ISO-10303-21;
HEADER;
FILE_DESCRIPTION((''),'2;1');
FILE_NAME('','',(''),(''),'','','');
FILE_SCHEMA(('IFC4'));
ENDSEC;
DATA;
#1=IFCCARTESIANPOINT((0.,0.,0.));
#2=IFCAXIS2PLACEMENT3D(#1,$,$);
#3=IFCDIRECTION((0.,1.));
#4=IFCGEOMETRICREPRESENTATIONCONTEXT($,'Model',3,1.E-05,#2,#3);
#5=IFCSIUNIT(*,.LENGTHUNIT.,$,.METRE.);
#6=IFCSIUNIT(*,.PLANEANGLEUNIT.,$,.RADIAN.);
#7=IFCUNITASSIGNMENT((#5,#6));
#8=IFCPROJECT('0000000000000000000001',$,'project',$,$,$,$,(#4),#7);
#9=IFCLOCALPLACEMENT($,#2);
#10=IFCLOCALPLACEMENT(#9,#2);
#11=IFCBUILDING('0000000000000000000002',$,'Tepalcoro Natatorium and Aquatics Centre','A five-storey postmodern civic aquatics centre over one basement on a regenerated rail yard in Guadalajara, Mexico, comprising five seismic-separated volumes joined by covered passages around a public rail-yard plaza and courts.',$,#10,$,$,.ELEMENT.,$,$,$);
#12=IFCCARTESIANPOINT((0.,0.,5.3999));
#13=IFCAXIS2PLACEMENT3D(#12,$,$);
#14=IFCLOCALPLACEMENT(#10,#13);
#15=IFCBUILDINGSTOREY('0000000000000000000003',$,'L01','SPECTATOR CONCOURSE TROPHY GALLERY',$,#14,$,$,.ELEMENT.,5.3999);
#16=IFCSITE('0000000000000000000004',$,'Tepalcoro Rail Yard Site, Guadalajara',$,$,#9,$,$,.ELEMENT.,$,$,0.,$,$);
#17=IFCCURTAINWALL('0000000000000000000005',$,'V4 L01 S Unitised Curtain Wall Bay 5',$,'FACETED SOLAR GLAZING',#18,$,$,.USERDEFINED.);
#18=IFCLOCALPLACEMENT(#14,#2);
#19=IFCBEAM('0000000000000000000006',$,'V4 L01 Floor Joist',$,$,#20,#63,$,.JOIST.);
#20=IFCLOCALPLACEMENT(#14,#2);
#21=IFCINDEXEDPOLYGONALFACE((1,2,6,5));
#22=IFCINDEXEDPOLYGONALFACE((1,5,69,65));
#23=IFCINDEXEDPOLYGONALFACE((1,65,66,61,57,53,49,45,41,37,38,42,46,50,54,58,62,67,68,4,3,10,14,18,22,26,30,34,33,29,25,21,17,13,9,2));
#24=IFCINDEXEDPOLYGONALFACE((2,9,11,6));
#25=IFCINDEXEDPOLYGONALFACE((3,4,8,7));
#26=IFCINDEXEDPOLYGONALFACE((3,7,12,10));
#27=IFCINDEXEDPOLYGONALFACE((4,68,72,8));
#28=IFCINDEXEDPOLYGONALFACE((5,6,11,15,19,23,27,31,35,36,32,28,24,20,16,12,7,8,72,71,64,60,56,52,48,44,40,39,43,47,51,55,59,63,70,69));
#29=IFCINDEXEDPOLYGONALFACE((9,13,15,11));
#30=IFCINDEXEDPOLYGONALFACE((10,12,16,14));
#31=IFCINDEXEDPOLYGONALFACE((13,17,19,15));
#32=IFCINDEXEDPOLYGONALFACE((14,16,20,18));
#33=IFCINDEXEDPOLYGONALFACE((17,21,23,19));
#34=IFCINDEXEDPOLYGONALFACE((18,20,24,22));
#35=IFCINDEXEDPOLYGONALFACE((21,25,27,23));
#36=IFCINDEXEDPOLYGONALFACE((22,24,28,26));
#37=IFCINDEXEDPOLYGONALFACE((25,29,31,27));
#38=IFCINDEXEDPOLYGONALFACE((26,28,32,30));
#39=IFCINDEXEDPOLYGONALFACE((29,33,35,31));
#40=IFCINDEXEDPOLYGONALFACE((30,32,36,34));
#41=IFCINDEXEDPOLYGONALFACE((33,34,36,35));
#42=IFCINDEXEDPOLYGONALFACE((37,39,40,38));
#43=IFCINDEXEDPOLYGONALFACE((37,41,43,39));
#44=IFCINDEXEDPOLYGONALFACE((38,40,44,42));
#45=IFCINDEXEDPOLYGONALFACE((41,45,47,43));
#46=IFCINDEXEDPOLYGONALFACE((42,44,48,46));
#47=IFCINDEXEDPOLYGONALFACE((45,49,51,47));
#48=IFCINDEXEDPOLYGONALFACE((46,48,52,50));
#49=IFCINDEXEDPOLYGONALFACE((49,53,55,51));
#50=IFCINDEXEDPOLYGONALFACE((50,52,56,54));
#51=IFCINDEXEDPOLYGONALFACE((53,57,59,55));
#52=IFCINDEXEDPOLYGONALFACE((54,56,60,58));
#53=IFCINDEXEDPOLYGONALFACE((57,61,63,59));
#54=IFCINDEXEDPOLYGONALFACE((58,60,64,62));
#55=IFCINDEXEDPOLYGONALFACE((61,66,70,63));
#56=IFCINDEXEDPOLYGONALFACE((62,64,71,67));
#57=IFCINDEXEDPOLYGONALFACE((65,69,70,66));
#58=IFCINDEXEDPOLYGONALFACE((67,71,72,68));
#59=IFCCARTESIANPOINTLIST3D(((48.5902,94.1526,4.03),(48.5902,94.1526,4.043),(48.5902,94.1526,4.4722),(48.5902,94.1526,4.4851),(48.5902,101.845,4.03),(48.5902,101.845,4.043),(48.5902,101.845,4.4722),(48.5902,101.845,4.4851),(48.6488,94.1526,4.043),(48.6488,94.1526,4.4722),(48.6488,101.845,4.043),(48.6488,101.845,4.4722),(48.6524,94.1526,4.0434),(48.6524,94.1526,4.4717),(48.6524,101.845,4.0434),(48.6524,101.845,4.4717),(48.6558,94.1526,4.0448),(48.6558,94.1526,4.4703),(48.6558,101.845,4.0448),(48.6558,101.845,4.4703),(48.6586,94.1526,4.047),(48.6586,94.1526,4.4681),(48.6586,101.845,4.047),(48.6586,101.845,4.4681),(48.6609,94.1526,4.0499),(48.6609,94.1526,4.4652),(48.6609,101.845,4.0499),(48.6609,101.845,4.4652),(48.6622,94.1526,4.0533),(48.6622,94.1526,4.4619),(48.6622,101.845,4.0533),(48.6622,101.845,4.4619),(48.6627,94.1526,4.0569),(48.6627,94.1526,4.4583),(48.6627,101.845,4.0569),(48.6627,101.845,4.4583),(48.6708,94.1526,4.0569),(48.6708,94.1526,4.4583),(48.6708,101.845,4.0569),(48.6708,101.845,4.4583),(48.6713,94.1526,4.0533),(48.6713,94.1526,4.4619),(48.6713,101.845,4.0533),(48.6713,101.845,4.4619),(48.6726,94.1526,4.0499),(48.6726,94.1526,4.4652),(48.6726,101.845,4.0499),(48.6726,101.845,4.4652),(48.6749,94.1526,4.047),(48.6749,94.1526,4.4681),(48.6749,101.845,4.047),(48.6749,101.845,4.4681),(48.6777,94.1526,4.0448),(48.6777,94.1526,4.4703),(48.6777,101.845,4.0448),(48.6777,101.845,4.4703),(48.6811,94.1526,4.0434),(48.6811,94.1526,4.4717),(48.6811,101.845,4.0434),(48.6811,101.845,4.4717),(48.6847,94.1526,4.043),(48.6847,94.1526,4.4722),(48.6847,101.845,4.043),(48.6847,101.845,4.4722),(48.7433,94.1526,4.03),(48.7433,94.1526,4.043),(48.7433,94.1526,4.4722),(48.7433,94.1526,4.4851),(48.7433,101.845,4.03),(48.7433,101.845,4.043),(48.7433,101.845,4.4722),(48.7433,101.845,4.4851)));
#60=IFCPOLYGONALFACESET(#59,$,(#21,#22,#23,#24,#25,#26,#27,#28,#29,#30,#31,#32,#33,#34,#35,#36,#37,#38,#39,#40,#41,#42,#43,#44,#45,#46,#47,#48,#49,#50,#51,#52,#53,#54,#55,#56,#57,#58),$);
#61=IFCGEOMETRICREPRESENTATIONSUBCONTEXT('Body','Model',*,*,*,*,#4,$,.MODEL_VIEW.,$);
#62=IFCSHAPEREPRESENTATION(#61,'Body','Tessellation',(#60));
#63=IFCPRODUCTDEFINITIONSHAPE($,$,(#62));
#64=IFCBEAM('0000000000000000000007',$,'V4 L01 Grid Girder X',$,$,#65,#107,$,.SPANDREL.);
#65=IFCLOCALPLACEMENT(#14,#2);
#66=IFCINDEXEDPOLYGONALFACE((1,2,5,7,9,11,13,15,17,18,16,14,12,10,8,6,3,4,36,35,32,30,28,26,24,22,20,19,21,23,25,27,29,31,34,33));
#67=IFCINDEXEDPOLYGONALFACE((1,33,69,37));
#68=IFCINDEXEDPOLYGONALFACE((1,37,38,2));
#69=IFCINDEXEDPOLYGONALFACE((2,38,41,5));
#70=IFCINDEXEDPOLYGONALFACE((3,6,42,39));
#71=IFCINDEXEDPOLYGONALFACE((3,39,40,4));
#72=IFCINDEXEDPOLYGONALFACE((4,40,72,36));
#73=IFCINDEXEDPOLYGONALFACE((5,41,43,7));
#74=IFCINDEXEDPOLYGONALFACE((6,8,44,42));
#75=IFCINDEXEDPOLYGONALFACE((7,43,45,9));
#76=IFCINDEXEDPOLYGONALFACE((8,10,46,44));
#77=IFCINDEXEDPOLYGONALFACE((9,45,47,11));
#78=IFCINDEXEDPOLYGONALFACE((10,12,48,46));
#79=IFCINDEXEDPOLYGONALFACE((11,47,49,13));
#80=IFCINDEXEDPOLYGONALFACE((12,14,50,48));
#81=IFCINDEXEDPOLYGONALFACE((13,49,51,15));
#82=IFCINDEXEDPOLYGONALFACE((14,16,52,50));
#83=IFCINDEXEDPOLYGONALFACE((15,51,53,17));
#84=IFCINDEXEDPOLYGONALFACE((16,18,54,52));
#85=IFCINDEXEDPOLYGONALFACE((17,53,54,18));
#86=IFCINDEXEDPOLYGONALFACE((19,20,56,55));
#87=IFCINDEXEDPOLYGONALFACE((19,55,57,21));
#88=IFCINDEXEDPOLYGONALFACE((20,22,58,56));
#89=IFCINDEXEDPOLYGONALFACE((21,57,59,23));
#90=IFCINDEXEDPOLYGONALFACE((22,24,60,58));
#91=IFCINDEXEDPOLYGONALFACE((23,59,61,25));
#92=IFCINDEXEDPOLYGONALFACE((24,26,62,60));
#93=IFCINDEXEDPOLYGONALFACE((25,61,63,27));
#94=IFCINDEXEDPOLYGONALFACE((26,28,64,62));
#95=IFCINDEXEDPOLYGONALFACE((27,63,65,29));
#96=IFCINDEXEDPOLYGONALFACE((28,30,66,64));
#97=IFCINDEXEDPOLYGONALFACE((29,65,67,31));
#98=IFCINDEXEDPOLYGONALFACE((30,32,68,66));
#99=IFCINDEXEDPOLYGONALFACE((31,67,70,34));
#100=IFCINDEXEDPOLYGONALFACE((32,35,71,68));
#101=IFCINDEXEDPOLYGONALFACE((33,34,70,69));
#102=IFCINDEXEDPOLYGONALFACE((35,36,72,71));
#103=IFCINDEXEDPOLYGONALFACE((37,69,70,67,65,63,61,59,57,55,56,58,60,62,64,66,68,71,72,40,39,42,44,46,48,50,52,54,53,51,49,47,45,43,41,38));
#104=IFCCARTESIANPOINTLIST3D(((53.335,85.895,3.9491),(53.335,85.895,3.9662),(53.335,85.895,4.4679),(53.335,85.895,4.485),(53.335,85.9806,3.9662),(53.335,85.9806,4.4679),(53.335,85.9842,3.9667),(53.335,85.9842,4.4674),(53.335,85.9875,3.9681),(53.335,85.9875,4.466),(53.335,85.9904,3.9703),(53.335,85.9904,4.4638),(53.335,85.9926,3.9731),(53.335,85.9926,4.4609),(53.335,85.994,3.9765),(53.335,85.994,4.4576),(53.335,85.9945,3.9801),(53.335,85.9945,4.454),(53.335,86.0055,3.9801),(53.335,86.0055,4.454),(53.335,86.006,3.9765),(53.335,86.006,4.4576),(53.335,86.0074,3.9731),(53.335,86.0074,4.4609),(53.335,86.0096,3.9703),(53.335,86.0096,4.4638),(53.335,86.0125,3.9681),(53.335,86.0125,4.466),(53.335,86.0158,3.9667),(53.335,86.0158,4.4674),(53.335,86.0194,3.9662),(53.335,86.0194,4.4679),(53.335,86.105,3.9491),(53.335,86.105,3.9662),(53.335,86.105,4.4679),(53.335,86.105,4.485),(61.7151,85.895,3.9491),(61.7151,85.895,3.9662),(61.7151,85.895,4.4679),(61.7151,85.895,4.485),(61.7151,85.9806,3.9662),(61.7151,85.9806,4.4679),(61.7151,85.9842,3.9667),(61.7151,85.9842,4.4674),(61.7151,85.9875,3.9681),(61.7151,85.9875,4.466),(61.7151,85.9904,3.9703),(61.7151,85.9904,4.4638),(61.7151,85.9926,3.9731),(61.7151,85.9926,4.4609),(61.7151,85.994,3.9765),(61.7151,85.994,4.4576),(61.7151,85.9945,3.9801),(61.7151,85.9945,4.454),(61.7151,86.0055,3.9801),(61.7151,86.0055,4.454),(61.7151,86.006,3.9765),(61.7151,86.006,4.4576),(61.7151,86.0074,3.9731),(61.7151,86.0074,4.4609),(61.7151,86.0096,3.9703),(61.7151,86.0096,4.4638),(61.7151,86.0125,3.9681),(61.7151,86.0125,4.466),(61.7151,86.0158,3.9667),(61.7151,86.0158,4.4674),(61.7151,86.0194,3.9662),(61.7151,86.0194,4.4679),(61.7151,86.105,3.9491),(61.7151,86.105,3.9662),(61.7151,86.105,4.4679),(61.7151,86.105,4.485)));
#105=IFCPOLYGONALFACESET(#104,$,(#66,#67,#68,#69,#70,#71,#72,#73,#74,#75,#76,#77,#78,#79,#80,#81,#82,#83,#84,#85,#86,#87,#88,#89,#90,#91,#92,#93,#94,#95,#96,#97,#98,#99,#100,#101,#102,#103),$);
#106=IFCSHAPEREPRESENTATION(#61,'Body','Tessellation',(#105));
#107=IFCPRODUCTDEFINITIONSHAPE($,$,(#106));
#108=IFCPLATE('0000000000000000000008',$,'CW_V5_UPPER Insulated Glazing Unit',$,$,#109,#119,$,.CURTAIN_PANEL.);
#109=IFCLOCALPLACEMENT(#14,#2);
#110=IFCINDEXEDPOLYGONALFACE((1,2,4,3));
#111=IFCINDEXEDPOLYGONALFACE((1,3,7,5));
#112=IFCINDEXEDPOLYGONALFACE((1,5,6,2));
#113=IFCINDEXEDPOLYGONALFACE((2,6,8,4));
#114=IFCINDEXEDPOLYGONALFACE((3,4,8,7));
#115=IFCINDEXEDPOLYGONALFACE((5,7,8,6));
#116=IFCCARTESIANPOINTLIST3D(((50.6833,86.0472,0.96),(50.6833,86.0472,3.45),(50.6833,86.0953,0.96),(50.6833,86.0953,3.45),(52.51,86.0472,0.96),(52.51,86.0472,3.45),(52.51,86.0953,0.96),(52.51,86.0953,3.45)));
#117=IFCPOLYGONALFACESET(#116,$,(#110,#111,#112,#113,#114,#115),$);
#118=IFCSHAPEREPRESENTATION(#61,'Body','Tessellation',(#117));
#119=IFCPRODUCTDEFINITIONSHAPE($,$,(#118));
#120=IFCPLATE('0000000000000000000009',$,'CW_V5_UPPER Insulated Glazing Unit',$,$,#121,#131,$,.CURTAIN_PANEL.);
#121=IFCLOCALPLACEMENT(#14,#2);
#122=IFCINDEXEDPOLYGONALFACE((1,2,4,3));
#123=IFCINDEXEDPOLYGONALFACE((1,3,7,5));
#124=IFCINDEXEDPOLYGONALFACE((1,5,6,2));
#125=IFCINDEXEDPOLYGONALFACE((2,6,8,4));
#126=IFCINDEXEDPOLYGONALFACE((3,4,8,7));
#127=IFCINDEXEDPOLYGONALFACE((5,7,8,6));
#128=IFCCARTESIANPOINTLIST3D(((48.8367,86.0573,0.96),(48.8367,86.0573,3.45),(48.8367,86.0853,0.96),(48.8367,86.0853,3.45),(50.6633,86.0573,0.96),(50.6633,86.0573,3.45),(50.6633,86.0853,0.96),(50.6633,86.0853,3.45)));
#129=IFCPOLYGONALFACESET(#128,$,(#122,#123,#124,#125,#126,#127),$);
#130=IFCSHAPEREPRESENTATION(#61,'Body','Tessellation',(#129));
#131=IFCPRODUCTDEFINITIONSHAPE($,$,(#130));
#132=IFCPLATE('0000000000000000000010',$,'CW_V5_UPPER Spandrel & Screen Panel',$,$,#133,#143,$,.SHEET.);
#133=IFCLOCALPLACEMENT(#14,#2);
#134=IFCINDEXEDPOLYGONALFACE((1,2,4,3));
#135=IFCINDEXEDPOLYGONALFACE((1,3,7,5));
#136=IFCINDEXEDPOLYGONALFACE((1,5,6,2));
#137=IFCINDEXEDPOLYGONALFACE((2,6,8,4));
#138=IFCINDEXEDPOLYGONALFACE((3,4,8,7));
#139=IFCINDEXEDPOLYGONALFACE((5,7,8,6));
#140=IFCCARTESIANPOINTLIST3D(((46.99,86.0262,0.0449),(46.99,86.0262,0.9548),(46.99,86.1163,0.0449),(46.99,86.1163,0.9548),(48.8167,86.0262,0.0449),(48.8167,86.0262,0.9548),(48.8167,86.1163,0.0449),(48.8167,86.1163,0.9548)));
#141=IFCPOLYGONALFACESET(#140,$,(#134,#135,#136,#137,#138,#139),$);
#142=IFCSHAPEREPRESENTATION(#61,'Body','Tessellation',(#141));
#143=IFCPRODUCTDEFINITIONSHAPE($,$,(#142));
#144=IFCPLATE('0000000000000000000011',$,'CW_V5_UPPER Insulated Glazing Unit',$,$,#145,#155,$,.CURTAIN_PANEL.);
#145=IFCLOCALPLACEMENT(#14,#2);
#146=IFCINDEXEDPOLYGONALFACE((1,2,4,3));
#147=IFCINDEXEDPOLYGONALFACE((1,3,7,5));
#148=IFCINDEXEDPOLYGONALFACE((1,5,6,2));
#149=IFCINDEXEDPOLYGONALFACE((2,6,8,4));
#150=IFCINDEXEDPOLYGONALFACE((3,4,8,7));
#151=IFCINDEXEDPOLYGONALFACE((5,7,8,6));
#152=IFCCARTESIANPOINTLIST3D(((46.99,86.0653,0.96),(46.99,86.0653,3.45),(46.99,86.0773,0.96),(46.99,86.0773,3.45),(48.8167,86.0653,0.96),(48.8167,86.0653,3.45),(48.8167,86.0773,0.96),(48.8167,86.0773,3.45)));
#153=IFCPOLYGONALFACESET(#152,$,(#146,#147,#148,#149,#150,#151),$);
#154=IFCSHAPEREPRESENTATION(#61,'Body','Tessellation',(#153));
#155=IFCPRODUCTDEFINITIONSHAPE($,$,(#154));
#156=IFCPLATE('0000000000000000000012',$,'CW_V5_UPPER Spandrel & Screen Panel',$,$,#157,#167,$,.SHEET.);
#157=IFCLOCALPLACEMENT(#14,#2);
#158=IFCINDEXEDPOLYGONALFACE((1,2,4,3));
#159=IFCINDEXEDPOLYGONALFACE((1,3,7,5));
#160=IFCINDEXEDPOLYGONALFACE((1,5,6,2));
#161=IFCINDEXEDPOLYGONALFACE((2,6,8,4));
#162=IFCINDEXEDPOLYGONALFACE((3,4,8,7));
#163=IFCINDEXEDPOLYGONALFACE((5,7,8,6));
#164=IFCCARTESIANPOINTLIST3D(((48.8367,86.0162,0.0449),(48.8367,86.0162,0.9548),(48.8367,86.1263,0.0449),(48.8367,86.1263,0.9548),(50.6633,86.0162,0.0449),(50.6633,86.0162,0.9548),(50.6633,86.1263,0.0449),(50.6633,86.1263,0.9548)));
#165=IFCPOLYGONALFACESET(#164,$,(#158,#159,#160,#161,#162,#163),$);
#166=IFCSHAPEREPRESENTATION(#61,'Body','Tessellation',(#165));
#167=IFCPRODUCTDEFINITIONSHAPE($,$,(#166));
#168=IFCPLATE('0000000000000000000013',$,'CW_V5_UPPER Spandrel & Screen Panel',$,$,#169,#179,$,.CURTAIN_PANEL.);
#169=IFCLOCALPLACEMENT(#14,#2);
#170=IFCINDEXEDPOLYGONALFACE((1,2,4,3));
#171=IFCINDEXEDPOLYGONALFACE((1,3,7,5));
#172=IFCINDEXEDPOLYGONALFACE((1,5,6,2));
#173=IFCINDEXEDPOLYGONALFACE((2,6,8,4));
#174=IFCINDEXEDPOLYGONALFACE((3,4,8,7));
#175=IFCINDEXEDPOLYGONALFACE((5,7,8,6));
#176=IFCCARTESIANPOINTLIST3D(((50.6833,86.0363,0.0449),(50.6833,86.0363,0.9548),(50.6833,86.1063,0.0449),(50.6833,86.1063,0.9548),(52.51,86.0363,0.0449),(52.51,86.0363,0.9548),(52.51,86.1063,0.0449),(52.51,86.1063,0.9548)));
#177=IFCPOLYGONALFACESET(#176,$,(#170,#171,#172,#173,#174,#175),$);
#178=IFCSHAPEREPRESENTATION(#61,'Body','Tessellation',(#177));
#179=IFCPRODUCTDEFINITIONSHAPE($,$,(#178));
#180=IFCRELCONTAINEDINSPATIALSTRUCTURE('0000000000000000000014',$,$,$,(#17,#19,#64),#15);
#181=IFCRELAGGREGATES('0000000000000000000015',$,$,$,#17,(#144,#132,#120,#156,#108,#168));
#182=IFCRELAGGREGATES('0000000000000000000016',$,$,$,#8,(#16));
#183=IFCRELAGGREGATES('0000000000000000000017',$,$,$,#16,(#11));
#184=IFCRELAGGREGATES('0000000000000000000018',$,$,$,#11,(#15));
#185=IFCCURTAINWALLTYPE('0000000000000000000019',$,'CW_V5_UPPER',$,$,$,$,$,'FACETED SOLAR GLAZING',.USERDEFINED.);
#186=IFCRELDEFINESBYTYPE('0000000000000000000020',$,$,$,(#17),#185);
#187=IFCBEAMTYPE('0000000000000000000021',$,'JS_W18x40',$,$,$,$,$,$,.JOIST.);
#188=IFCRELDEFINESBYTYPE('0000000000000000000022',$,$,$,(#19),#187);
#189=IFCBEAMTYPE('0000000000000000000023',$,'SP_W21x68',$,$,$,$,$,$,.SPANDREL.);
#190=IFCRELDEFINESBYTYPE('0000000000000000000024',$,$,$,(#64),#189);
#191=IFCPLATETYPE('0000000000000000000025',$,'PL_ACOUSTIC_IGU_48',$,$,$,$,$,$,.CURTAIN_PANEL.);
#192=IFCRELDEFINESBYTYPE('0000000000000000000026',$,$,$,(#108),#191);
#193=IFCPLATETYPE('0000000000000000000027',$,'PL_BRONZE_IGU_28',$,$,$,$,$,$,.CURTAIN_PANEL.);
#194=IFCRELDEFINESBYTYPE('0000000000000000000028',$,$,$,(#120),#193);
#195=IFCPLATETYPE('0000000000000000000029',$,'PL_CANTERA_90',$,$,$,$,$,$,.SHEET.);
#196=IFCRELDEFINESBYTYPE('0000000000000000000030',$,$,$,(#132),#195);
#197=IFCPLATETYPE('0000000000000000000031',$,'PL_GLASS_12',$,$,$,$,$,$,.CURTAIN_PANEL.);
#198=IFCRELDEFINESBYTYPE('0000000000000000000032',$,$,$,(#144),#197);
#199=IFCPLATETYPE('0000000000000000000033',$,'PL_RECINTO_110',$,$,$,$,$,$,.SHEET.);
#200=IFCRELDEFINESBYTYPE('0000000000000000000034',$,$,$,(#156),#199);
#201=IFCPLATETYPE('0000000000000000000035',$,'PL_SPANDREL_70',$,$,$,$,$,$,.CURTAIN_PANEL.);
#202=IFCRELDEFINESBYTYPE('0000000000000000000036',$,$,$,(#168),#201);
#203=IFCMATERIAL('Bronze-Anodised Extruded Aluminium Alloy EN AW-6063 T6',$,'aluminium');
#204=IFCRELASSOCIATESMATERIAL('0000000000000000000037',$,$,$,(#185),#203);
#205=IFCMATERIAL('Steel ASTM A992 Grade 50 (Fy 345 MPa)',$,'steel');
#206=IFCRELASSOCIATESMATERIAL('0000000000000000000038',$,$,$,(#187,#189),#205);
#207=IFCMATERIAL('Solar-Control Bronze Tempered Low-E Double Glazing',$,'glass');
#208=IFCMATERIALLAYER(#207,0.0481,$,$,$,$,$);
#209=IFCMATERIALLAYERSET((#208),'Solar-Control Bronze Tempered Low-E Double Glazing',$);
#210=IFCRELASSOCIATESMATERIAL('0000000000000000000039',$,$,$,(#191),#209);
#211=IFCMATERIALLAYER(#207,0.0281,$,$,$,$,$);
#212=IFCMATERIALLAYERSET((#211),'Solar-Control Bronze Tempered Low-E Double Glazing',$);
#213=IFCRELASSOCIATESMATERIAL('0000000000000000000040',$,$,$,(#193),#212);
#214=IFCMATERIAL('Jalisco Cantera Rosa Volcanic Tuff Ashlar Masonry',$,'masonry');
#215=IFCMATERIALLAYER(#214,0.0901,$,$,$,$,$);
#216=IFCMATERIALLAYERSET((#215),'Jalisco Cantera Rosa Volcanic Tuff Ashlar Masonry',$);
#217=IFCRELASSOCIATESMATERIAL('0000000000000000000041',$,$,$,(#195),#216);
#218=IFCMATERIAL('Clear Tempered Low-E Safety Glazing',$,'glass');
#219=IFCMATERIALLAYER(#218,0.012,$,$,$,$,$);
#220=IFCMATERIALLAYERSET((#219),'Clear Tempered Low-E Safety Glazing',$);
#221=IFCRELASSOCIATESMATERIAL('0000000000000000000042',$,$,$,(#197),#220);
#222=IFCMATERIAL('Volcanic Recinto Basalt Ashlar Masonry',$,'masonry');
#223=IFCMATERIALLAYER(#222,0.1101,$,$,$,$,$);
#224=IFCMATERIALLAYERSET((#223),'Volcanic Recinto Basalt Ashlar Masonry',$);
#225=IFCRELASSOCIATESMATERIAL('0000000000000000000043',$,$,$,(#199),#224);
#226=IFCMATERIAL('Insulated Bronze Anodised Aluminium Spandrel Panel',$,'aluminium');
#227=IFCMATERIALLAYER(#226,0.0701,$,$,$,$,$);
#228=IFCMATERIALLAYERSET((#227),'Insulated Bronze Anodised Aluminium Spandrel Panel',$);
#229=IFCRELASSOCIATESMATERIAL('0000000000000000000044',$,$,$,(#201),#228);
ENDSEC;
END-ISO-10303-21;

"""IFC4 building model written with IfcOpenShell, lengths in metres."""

from ifc_helpers import new_model, si_unit, direction, frame, origin, origin_2d, place, context, subcontext, project, spatial, rectangle, i_section, extrude, material, layer, layer_set, material_profile, profile_set, type_object, element, aggregate, save


model = new_model("IFC4")

# Units and contexts
model_context = context("Model", 3, precision=1e-05, world=origin(), true_north=direction((0.0, 1.0)))
body_context = subcontext(model_context, "Body", "Model", "MODEL_VIEW")
ifc_project = project(units=[si_unit("LENGTHUNIT", "METRE"), si_unit("PLANEANGLEUNIT", "RADIAN")], contexts=[model_context])

# Site, building, storey
site_placement = place(None, origin())
site = spatial("IfcSite", under=ifc_project, at=site_placement, Name="Tepalcoro Rail Yard Site, Guadalajara", CompositionType="ELEMENT", RefElevation=0.0)
building_placement = place(site_placement, origin())
building = spatial("IfcBuilding", under=site, at=building_placement, Name="Tepalcoro Natatorium and Aquatics Centre", Description="A five-storey postmodern civic aquatics centre over one basement on a regenerated rail yard in Guadalajara, Mexico, comprising five seismic-separated volumes joined by covered passages around a public rail-yard plaza and courts.", CompositionType="ELEMENT")
storey_placement = place(building_placement, frame((0.0, 0.0, 5.3999)))
storey = spatial("IfcBuildingStorey", under=building, at=storey_placement, Name="L01", Description="SPECTATOR CONCOURSE TROPHY GALLERY", CompositionType="ELEMENT", Elevation=5.3999)

# Shared definitions
ifc_material_1 = material(Name="Steel ASTM A992 Grade 50 (Fy 345 MPa)", Category="steel")

# Curtain wall
ifc_material_2 = material(Name="Bronze-Anodised Extruded Aluminium Alloy EN AW-6063 T6", Category="aluminium")
curtain_wall_type = type_object("IfcCurtainWallType", Name="CW_V5_UPPER", ElementType="FACETED SOLAR GLAZING", PredefinedType="USERDEFINED", material=ifc_material_2)
curtain_wall_placement = place(storey_placement, origin())
curtain_wall = element("IfcCurtainWall", 1, at=curtain_wall_placement, inside=storey, type_object=curtain_wall_type, Name="V4 L01 S Unitised Curtain Wall Bay 5", ObjectType="FACETED SOLAR GLAZING", PredefinedType="USERDEFINED")

# Beams
ifc_material_profile_1 = material_profile(ifc_material_1, i_section(OverallWidth=0.1531, OverallDepth=0.4551, WebThickness=0.0081, FlangeThickness=0.0129, FilletRadius=0.0139, at=origin_2d()), Name="W18X40")
ifc_profile_set_1 = profile_set([ifc_material_profile_1], Name="Steel ASTM A992 Grade 50 (Fy 345 MPa)")
beam_type_1 = type_object("IfcBeamType", Name="JS_W18x40", PredefinedType="JOIST", material=ifc_profile_set_1)
beam_1_placement = place(storey_placement, frame((48.6667, 94.1526, 4.2576), z_axis=(0.0, 1.0, 0.0), x_axis=(-1.0, 0.0, 0.0)))
element("IfcBeam", 2, at=beam_1_placement, inside=storey, type_object=beam_type_1, Name="V4 L01 Floor Joist", PredefinedType="JOIST", context=body_context, shape_type="SweptSolid", body=[
    extrude(i_section(OverallWidth=0.1531, OverallDepth=0.4551, WebThickness=0.0081, FlangeThickness=0.0129, FilletRadius=0.0139, at=origin_2d()), origin(), (0.0, 0.0, 1.0), 7.6924),
])
ifc_material_profile_2 = material_profile(ifc_material_1, i_section(OverallWidth=0.21, OverallDepth=0.5359, WebThickness=0.011, FlangeThickness=0.0171, FilletRadius=0.0139, at=origin_2d()), Name="W21X68")
ifc_profile_set_2 = profile_set([ifc_material_profile_2], Name="Steel ASTM A992 Grade 50 (Fy 345 MPa)")
beam_type_2 = type_object("IfcBeamType", Name="SP_W21x68", PredefinedType="SPANDREL", material=ifc_profile_set_2)
beam_2_placement = place(storey_placement, frame((53.335, 86.0, 4.217), z_axis=(1.0, 0.0, 0.0), x_axis=(0.0, 1.0, 0.0)))
element("IfcBeam", 3, at=beam_2_placement, inside=storey, type_object=beam_type_2, Name="V4 L01 Grid Girder X", PredefinedType="SPANDREL", context=body_context, shape_type="SweptSolid", body=[
    extrude(i_section(OverallWidth=0.21, OverallDepth=0.5359, WebThickness=0.011, FlangeThickness=0.0171, FilletRadius=0.0139, at=origin_2d()), origin(), (0.0, 0.0, 1.0), 8.3801),
])

# Plates
ifc_material_3 = material(Name="Solar-Control Bronze Tempered Low-E Double Glazing", Category="glass")
ifc_layer_1 = layer(ifc_material_3, 0.0481)
ifc_layer_set_1 = layer_set([ifc_layer_1], Name="Solar-Control Bronze Tempered Low-E Double Glazing")
plate_type_1 = type_object("IfcPlateType", Name="PL_ACOUSTIC_IGU_48", PredefinedType="CURTAIN_PANEL", material=ifc_layer_set_1)
plate_1_placement = place(storey_placement, frame((51.5967, 86.0713, 0.96), z_axis=(0.0, 0.0, 1.0), x_axis=(1.0, 0.0, 0.0)))
plate_1 = element("IfcPlate", 4, at=plate_1_placement, type_object=plate_type_1, Name="CW_V5_UPPER Insulated Glazing Unit", PredefinedType="CURTAIN_PANEL", context=body_context, shape_type="SweptSolid", body=[
    extrude(rectangle(XDim=1.8267, YDim=0.0481, at=origin_2d()), origin(), (0.0, 0.0, 1.0), 2.49),
])
ifc_layer_2 = layer(ifc_material_3, 0.0281)
ifc_layer_set_2 = layer_set([ifc_layer_2], Name="Solar-Control Bronze Tempered Low-E Double Glazing")
plate_type_2 = type_object("IfcPlateType", Name="PL_BRONZE_IGU_28", PredefinedType="CURTAIN_PANEL", material=ifc_layer_set_2)
plate_2_placement = place(storey_placement, frame((49.75, 86.0713, 0.96), z_axis=(0.0, 0.0, 1.0), x_axis=(1.0, 0.0, 0.0)))
plate_2 = element("IfcPlate", 5, at=plate_2_placement, type_object=plate_type_2, Name="CW_V5_UPPER Insulated Glazing Unit", PredefinedType="CURTAIN_PANEL", context=body_context, shape_type="SweptSolid", body=[
    extrude(rectangle(XDim=1.8267, YDim=0.0281, at=origin_2d()), origin(), (0.0, 0.0, 1.0), 2.49),
])
ifc_material_4 = material(Name="Jalisco Cantera Rosa Volcanic Tuff Ashlar Masonry", Category="masonry")
ifc_layer_3 = layer(ifc_material_4, 0.0901)
ifc_layer_set_3 = layer_set([ifc_layer_3], Name="Jalisco Cantera Rosa Volcanic Tuff Ashlar Masonry")
plate_type_3 = type_object("IfcPlateType", Name="PL_CANTERA_90", PredefinedType="SHEET", material=ifc_layer_set_3)
plate_3_placement = place(storey_placement, frame((47.9033, 86.0713, 0.0449), z_axis=(0.0, 0.0, 1.0), x_axis=(1.0, 0.0, 0.0)))
plate_3 = element("IfcPlate", 6, at=plate_3_placement, type_object=plate_type_3, Name="CW_V5_UPPER Spandrel & Screen Panel", PredefinedType="SHEET", context=body_context, shape_type="SweptSolid", body=[
    extrude(rectangle(XDim=1.8267, YDim=0.0901, at=origin_2d()), origin(), (0.0, 0.0, 1.0), 0.9099),
])
ifc_material_5 = material(Name="Clear Tempered Low-E Safety Glazing", Category="glass")
ifc_layer_4 = layer(ifc_material_5, 0.012)
ifc_layer_set_4 = layer_set([ifc_layer_4], Name="Clear Tempered Low-E Safety Glazing")
plate_type_4 = type_object("IfcPlateType", Name="PL_GLASS_12", PredefinedType="CURTAIN_PANEL", material=ifc_layer_set_4)
plate_4_placement = place(storey_placement, frame((47.9033, 86.0713, 0.96), z_axis=(0.0, 0.0, 1.0), x_axis=(1.0, 0.0, 0.0)))
plate_4 = element("IfcPlate", 7, at=plate_4_placement, type_object=plate_type_4, Name="CW_V5_UPPER Insulated Glazing Unit", PredefinedType="CURTAIN_PANEL", context=body_context, shape_type="SweptSolid", body=[
    extrude(rectangle(XDim=1.8267, YDim=0.012, at=origin_2d()), origin(), (0.0, 0.0, 1.0), 2.49),
])
ifc_material_6 = material(Name="Volcanic Recinto Basalt Ashlar Masonry", Category="masonry")
ifc_layer_5 = layer(ifc_material_6, 0.1101)
ifc_layer_set_5 = layer_set([ifc_layer_5], Name="Volcanic Recinto Basalt Ashlar Masonry")
plate_type_5 = type_object("IfcPlateType", Name="PL_RECINTO_110", PredefinedType="SHEET", material=ifc_layer_set_5)
plate_5_placement = place(storey_placement, frame((49.75, 86.0713, 0.0449), z_axis=(0.0, 0.0, 1.0), x_axis=(1.0, 0.0, 0.0)))
plate_5 = element("IfcPlate", 8, at=plate_5_placement, type_object=plate_type_5, Name="CW_V5_UPPER Spandrel & Screen Panel", PredefinedType="SHEET", context=body_context, shape_type="SweptSolid", body=[
    extrude(rectangle(XDim=1.8267, YDim=0.1101, at=origin_2d()), origin(), (0.0, 0.0, 1.0), 0.9099),
])
ifc_material_7 = material(Name="Insulated Bronze Anodised Aluminium Spandrel Panel", Category="aluminium")
ifc_layer_6 = layer(ifc_material_7, 0.0701)
ifc_layer_set_6 = layer_set([ifc_layer_6], Name="Insulated Bronze Anodised Aluminium Spandrel Panel")
plate_type_6 = type_object("IfcPlateType", Name="PL_SPANDREL_70", PredefinedType="CURTAIN_PANEL", material=ifc_layer_set_6)
plate_6_placement = place(storey_placement, frame((51.5967, 86.0713, 0.0449), z_axis=(0.0, 0.0, 1.0), x_axis=(1.0, 0.0, 0.0)))
plate_6 = element("IfcPlate", 9, at=plate_6_placement, type_object=plate_type_6, Name="CW_V5_UPPER Spandrel & Screen Panel", PredefinedType="CURTAIN_PANEL", context=body_context, shape_type="SweptSolid", body=[
    extrude(rectangle(XDim=1.8267, YDim=0.0701, at=origin_2d()), origin(), (0.0, 0.0, 1.0), 0.9099),
])
aggregate(curtain_wall, [plate_4, plate_3, plate_2, plate_5, plate_1, plate_6])

save(model, "model.ifc")
